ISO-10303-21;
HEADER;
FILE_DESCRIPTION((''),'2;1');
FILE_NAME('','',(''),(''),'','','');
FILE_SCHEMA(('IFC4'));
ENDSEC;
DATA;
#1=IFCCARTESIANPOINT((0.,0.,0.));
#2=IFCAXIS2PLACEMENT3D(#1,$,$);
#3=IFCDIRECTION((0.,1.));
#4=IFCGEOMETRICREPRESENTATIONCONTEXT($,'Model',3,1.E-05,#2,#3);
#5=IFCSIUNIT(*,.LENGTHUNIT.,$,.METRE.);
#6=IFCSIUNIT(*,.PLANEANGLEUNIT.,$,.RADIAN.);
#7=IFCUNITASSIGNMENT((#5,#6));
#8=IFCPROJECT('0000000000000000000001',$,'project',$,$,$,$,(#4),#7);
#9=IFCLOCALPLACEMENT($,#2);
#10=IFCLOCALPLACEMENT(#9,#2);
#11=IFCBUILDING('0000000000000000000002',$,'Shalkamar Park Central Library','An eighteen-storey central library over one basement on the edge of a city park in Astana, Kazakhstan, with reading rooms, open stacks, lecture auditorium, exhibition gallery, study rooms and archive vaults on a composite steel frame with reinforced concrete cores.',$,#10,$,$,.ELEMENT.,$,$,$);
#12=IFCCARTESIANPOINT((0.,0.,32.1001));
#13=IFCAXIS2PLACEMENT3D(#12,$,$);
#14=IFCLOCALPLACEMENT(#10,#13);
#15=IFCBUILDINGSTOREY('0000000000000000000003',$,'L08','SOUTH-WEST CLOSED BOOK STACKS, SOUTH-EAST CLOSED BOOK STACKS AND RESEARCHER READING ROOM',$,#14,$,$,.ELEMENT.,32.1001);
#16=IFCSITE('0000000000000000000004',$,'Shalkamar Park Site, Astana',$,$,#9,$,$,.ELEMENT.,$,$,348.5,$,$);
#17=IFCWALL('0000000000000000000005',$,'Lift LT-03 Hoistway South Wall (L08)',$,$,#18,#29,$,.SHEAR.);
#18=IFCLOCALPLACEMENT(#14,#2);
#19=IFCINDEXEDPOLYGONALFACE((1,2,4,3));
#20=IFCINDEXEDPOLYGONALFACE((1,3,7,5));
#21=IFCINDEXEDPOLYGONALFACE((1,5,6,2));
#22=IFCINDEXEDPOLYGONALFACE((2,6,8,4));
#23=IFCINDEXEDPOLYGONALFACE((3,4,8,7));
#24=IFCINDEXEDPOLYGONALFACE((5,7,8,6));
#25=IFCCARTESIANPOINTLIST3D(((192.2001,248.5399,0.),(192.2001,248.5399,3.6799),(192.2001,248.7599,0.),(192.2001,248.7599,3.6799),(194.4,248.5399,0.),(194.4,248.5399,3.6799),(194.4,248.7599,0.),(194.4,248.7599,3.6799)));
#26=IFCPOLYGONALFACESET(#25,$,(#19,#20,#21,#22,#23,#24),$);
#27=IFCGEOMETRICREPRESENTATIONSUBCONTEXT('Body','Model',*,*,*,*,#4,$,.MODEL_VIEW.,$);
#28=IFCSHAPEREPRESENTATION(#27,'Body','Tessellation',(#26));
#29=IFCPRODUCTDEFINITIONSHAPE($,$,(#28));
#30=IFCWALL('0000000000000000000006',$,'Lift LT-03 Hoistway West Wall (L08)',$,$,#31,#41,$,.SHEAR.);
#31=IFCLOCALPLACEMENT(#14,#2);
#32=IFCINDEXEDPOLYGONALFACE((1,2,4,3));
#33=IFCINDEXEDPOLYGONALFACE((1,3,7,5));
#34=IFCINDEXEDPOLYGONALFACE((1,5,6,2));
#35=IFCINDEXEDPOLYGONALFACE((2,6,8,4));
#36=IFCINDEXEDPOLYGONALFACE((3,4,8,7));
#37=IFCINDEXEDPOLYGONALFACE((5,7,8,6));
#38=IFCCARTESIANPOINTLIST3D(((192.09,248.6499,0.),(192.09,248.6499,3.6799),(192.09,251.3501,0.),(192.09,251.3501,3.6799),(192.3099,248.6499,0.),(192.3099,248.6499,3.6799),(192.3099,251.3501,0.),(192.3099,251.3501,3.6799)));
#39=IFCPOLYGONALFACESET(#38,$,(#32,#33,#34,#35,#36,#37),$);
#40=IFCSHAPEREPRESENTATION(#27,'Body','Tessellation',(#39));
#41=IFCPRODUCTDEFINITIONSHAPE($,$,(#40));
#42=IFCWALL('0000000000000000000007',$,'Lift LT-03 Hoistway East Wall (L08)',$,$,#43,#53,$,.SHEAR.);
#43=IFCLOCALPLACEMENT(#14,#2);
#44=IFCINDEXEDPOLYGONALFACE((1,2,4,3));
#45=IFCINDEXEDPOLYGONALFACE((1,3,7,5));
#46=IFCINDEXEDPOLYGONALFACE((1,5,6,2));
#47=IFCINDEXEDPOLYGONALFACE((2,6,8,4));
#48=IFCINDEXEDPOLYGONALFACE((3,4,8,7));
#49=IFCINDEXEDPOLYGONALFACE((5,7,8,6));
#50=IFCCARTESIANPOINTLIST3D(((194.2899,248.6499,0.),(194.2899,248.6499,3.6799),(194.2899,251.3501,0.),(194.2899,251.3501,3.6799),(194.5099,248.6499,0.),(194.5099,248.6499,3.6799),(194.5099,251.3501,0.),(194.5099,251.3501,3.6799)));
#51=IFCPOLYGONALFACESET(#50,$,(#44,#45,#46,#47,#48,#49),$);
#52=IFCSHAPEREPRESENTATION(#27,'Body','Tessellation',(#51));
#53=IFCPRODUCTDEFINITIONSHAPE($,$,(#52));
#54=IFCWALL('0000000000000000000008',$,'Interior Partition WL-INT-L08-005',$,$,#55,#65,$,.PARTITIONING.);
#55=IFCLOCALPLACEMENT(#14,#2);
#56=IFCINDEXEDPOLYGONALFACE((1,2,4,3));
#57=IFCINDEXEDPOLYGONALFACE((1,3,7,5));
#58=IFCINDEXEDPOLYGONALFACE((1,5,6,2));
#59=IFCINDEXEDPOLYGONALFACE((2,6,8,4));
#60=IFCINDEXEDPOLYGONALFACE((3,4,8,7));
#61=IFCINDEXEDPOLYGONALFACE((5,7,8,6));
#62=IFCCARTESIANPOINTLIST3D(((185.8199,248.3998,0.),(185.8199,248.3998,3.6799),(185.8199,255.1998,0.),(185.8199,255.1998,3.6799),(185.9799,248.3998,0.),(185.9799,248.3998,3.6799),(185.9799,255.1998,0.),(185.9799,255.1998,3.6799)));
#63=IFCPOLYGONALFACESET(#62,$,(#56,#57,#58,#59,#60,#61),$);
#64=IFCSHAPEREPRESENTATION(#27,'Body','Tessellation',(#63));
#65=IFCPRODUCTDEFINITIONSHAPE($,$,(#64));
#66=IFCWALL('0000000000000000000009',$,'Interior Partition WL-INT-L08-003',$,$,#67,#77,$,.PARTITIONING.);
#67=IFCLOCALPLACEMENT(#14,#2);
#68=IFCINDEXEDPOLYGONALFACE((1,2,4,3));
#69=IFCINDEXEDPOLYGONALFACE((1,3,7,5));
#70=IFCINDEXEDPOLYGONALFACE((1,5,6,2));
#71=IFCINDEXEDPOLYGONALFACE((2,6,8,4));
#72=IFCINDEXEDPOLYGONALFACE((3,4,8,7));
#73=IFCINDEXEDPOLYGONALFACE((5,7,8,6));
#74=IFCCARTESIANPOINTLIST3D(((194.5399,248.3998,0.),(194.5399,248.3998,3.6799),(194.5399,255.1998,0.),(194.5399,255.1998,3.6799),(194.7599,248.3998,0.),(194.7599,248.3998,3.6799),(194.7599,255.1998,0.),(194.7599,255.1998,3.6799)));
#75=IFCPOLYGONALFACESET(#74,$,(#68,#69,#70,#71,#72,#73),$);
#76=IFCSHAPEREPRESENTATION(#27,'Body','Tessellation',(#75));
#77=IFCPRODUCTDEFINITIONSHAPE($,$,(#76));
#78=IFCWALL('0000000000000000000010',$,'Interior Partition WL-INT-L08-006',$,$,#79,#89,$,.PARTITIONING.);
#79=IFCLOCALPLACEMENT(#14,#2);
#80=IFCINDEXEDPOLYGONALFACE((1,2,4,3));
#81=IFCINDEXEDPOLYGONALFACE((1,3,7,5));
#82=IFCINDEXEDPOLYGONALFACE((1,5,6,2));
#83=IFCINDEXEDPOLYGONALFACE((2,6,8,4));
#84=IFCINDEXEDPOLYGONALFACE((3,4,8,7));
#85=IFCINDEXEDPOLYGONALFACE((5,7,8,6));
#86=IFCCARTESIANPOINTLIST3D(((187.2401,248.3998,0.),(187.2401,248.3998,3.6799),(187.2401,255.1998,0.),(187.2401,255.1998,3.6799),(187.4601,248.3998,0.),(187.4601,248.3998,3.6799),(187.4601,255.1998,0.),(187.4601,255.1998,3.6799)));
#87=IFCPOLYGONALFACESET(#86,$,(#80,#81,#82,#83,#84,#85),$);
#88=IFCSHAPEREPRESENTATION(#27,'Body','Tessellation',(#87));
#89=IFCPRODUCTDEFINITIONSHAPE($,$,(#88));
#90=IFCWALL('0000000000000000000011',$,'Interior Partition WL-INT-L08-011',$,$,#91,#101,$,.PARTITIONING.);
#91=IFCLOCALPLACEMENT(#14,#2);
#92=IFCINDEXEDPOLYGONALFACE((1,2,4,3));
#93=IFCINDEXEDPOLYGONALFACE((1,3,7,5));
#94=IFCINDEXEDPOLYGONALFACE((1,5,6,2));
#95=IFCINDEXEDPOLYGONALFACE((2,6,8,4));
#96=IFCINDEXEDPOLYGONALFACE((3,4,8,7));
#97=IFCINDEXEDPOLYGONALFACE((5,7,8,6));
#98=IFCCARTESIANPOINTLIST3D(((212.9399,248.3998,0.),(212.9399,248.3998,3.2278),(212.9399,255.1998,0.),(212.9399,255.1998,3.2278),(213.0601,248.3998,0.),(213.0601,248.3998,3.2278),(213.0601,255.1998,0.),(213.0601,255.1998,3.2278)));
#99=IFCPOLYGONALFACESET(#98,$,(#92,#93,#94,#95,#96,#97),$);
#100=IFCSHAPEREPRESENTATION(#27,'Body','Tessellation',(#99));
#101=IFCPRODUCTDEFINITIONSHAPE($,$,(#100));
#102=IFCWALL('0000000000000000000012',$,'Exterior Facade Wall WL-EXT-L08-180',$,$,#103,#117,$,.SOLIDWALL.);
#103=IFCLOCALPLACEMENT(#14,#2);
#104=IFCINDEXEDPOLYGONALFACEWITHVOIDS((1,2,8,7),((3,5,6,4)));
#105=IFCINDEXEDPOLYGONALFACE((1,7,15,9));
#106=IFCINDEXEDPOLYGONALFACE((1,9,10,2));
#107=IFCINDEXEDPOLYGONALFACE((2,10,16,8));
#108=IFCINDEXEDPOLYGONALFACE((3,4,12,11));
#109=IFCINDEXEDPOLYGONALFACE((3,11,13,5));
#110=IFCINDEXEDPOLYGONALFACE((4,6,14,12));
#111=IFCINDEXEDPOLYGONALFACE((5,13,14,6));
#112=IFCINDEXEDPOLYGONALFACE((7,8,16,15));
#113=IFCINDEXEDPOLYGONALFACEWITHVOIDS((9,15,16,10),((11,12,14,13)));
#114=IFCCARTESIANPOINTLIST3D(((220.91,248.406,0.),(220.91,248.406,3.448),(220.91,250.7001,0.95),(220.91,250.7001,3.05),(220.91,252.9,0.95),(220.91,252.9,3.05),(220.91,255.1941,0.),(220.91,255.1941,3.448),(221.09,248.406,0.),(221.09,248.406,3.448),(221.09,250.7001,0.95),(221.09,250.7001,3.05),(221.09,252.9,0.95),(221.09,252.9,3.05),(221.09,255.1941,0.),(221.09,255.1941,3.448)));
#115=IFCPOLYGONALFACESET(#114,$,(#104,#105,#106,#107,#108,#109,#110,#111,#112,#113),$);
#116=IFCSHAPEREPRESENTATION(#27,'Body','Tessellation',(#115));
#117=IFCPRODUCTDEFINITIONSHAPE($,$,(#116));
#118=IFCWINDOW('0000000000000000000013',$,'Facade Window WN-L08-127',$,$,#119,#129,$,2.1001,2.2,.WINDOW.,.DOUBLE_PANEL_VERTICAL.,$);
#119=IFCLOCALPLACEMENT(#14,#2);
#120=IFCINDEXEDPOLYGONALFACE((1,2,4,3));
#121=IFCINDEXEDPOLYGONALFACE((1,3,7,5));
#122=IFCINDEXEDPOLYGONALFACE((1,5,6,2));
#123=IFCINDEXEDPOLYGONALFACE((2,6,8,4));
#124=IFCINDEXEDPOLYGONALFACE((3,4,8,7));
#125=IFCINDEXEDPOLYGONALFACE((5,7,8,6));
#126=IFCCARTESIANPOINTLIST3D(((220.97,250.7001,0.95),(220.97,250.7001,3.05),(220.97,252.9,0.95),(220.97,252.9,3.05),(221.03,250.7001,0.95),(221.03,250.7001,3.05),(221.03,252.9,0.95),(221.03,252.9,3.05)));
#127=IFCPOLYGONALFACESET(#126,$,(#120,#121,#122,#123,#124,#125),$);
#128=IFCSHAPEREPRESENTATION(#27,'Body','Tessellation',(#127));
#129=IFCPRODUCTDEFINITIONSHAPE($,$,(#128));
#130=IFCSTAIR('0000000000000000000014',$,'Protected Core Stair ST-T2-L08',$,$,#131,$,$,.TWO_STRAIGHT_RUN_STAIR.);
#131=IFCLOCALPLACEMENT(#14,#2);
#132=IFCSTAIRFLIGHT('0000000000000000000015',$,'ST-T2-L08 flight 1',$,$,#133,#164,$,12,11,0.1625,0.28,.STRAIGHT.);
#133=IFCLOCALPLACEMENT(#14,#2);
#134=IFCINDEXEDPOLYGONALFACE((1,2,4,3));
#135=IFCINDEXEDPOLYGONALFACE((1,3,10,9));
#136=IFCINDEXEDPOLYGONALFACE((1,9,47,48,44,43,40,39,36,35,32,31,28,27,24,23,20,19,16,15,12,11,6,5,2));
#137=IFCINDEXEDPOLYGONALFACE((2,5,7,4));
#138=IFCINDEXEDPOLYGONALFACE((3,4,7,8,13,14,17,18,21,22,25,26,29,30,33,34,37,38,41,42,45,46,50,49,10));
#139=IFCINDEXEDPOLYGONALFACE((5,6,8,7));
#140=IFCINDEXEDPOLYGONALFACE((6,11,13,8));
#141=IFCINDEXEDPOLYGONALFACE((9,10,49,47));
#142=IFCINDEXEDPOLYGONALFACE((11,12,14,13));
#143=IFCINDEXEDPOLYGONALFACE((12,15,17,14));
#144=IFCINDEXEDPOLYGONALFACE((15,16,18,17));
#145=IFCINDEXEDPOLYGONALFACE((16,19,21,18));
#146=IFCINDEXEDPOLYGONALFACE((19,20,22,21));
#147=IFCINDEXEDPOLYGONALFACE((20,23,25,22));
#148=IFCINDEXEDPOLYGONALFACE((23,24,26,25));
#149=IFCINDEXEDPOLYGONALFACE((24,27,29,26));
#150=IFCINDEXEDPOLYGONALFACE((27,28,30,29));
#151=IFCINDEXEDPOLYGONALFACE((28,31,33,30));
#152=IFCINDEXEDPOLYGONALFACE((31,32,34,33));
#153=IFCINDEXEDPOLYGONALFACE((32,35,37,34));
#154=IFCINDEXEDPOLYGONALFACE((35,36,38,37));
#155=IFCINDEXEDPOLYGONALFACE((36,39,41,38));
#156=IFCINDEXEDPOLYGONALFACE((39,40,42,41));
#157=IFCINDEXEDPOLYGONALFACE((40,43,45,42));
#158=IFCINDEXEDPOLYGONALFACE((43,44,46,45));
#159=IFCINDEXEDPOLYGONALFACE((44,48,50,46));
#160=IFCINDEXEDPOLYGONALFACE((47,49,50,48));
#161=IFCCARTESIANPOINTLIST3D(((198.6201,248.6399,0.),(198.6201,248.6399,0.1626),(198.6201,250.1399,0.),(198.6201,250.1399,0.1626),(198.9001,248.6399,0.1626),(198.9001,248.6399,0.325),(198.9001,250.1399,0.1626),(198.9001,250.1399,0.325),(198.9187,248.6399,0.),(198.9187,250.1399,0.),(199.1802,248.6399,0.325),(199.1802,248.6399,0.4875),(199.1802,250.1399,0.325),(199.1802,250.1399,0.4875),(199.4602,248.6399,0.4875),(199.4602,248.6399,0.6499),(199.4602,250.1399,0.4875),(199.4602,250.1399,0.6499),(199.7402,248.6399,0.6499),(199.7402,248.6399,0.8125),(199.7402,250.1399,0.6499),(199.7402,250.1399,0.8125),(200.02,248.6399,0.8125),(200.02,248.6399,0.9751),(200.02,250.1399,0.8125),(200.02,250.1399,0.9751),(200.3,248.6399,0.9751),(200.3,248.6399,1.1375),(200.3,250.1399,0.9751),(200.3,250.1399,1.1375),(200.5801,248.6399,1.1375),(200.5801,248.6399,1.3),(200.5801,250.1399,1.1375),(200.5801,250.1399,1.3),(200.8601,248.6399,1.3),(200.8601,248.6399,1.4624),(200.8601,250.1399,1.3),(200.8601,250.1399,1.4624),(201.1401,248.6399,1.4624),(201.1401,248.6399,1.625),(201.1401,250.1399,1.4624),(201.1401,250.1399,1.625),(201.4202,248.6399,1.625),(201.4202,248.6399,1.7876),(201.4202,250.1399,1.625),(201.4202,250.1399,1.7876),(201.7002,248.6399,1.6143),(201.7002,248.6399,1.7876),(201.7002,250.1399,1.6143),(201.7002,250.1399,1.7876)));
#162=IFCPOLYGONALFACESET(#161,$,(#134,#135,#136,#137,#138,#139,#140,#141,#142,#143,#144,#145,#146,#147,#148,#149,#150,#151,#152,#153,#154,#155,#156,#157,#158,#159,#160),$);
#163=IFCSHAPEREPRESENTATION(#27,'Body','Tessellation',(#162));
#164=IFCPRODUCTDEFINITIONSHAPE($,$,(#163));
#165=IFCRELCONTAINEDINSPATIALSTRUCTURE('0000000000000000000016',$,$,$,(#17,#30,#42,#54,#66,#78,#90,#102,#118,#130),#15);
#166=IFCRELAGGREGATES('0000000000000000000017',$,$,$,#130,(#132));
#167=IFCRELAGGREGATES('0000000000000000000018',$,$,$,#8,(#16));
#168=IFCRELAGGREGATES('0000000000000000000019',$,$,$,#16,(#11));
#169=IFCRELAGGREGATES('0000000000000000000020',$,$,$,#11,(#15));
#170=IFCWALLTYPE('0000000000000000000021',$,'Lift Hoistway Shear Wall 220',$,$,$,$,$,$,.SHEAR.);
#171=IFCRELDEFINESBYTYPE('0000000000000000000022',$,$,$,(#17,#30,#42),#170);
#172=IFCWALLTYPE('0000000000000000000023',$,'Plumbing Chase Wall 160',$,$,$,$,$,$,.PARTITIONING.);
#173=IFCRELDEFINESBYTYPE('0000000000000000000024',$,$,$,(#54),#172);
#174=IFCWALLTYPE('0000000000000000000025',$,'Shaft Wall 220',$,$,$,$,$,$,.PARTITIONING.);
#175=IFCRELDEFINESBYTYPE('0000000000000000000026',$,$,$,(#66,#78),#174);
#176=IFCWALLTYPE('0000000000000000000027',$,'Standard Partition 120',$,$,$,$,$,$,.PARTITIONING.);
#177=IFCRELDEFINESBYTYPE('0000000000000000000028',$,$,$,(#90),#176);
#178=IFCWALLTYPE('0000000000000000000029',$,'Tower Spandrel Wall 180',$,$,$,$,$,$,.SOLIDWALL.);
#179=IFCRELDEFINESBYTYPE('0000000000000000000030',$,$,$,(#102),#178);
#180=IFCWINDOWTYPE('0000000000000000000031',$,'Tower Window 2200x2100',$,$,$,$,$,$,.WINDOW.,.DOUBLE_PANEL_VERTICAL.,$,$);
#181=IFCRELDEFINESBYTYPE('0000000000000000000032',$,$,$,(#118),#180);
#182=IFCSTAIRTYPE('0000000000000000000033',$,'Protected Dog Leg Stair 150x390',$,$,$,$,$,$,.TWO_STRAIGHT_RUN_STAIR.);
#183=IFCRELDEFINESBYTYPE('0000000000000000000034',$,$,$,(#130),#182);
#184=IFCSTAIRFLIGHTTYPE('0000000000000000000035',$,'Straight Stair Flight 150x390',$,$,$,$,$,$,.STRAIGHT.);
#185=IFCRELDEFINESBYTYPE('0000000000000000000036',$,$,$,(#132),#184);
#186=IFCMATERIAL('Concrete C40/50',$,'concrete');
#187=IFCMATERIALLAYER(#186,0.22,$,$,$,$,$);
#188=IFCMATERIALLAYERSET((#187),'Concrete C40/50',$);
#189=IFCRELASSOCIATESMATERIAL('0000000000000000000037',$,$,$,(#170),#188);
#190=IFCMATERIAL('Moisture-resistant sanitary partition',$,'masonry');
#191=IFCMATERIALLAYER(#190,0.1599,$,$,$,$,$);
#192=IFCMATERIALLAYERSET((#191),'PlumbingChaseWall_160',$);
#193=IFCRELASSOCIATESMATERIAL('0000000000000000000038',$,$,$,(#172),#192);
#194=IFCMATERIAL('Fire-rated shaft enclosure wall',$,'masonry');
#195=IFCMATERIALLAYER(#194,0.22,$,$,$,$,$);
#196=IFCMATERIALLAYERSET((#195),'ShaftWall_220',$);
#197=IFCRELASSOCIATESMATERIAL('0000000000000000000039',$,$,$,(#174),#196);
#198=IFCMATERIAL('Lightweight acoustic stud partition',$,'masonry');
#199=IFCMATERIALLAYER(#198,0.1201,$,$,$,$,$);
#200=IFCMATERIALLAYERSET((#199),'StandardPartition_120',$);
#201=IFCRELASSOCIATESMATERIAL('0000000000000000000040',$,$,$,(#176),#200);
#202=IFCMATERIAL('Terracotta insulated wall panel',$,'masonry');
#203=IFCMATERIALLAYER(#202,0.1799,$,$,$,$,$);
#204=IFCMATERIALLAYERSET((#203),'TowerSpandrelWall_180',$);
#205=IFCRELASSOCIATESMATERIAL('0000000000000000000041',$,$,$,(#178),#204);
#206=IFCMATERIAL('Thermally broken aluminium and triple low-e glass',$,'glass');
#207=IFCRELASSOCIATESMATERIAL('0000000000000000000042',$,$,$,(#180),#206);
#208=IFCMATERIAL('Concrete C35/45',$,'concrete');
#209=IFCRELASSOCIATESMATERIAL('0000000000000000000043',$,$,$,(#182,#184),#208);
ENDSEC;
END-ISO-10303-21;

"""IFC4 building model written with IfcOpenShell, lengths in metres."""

from ifc_helpers import new_model, si_unit, direction, frame, frame_2d, origin, place, context, subcontext, project, spatial, polyline, rectangle, outline, extrude, material, layer, layer_set, type_object, element, fill, aggregate, save


model = new_model("IFC4")

# Units and contexts
model_context = context("Model", 3, precision=1e-05, world=origin(), true_north=direction((0.0, 1.0)))
body_context = subcontext(model_context, "Body", "Model", "MODEL_VIEW")
ifc_project = project(units=[si_unit("LENGTHUNIT", "METRE"), si_unit("PLANEANGLEUNIT", "RADIAN")], contexts=[model_context])

# Site, building, storey
site_placement = place(None, origin())
site = spatial("IfcSite", under=ifc_project, at=site_placement, Name="Shalkamar Park Site, Astana", CompositionType="ELEMENT", RefElevation=348.5)
building_placement = place(site_placement, origin())
building = spatial("IfcBuilding", under=site, at=building_placement, Name="Shalkamar Park Central Library", Description="An eighteen-storey central library over one basement on the edge of a city park in Astana, Kazakhstan, with reading rooms, open stacks, lecture auditorium, exhibition gallery, study rooms and archive vaults on a composite steel frame with reinforced concrete cores.", CompositionType="ELEMENT")
storey_placement = place(building_placement, frame((0.0, 0.0, 32.1001)))
storey = spatial("IfcBuildingStorey", under=building, at=storey_placement, Name="L08", Description="SOUTH-WEST CLOSED BOOK STACKS, SOUTH-EAST CLOSED BOOK STACKS AND RESEARCHER READING ROOM", CompositionType="ELEMENT", Elevation=32.1001)

# Shared definitions
ifc_material_1 = material(Name="Concrete C40/50", Category="concrete")
ifc_layer_1 = layer(ifc_material_1, 0.22)
ifc_layer_set_1 = layer_set([ifc_layer_1], Name="Concrete C40/50")
wall_type_1 = type_object("IfcWallType", Name="Lift Hoistway Shear Wall 220", PredefinedType="SHEAR", material=ifc_layer_set_1)

# Walls
wall_1_placement = place(storey_placement, frame((192.2, 248.6499, 0.0), z_axis=(0.0, 0.0, 1.0), x_axis=(1.0, 0.0, 0.0)))
element("IfcWall", 1, at=wall_1_placement, inside=storey, type_object=wall_type_1, Name="Lift LT-03 Hoistway South Wall (L08)", PredefinedType="SHEAR", context=body_context, shape_type="SweptSolid", body=[
    extrude(rectangle(XDim=2.2, YDim=0.22, at=frame_2d((1.1001, 0.0))), origin(), (0.0, 0.0, 1.0), 3.6799),
])
for number, where, z_axis, x_axis, name in (
    (2, (192.2, 248.6499, 0.0), (0.0, 0.0, 1.0), (0.0, 1.0, 0.0), "Lift LT-03 Hoistway West Wall (L08)"),
    (3, (194.3999, 248.6499, 0.0), (0.0, 0.0, 1.0), (0.0, 1.0, 0.0), "Lift LT-03 Hoistway East Wall (L08)"),
):
    element("IfcWall", number, at=place(storey_placement, frame(where, z_axis=z_axis, x_axis=x_axis)), inside=storey, type_object=wall_type_1, Name=name, PredefinedType="SHEAR", context=body_context, shape_type="SweptSolid", body=[
        extrude(rectangle(XDim=2.7002, YDim=0.22, at=frame_2d((1.3501, 0.0))), origin(), (0.0, 0.0, 1.0), 3.6799),
    ])

# Walls
ifc_material_2 = material(Name="Moisture-resistant sanitary partition", Category="masonry")
ifc_layer_2 = layer(ifc_material_2, 0.1599)
ifc_layer_set_2 = layer_set([ifc_layer_2], Name="PlumbingChaseWall_160")
wall_type_2 = type_object("IfcWallType", Name="Plumbing Chase Wall 160", PredefinedType="PARTITIONING", material=ifc_layer_set_2)
wall_2_placement = place(storey_placement, frame((185.8999, 248.3999, 0.0), z_axis=(0.0, 0.0, 1.0), x_axis=(0.0, 1.0, 0.0)))
element("IfcWall", 4, at=wall_2_placement, inside=storey, type_object=wall_type_2, Name="Interior Partition WL-INT-L08-005", PredefinedType="PARTITIONING", context=body_context, shape_type="SweptSolid", body=[
    extrude(rectangle(XDim=6.8, YDim=0.1599, at=frame_2d((3.3999, 0.0))), origin(), (0.0, 0.0, 1.0), 3.6799),
])
ifc_material_3 = material(Name="Fire-rated shaft enclosure wall", Category="masonry")
ifc_layer_3 = layer(ifc_material_3, 0.22)
ifc_layer_set_3 = layer_set([ifc_layer_3], Name="ShaftWall_220")
wall_type_3 = type_object("IfcWallType", Name="Shaft Wall 220", PredefinedType="PARTITIONING", material=ifc_layer_set_3)
for number, where, z_axis, x_axis, name in (
    (5, (194.6499, 248.3999, 0.0), (0.0, 0.0, 1.0), (0.0, 1.0, 0.0), "Interior Partition WL-INT-L08-003"),
    (6, (187.3501, 248.3999, 0.0), (0.0, 0.0, 1.0), (0.0, 1.0, 0.0), "Interior Partition WL-INT-L08-006"),
):
    element("IfcWall", number, at=place(storey_placement, frame(where, z_axis=z_axis, x_axis=x_axis)), inside=storey, type_object=wall_type_3, Name=name, PredefinedType="PARTITIONING", context=body_context, shape_type="SweptSolid", body=[
        extrude(rectangle(XDim=6.8, YDim=0.22, at=frame_2d((3.3999, 0.0))), origin(), (0.0, 0.0, 1.0), 3.6799),
    ])
ifc_material_4 = material(Name="Lightweight acoustic stud partition", Category="masonry")
ifc_layer_4 = layer(ifc_material_4, 0.1201)
ifc_layer_set_4 = layer_set([ifc_layer_4], Name="StandardPartition_120")
wall_type_4 = type_object("IfcWallType", Name="Standard Partition 120", PredefinedType="PARTITIONING", material=ifc_layer_set_4)
wall_3_placement = place(storey_placement, frame((213.0, 248.3999, 0.0), z_axis=(0.0, 0.0, 1.0), x_axis=(0.0, 1.0, 0.0)))
element("IfcWall", 7, at=wall_3_placement, inside=storey, type_object=wall_type_4, Name="Interior Partition WL-INT-L08-011", PredefinedType="PARTITIONING", context=body_context, shape_type="SweptSolid", body=[
    extrude(rectangle(XDim=6.8, YDim=0.1201, at=frame_2d((3.3999, 0.0))), origin(), (0.0, 0.0, 1.0), 3.2278),
])

# Wall, opening, window
ifc_material_5 = material(Name="Terracotta insulated wall panel", Category="masonry")
ifc_layer_5 = layer(ifc_material_5, 0.1799)
ifc_layer_set_5 = layer_set([ifc_layer_5], Name="TowerSpandrelWall_180")
wall_type_5 = type_object("IfcWallType", Name="Tower Spandrel Wall 180", PredefinedType="SOLIDWALL", material=ifc_layer_set_5)
wall_4_placement = place(storey_placement, frame((221.0, 248.406, 0.0), z_axis=(0.0, 0.0, 1.0), x_axis=(0.0, 1.0, 0.0)))
wall_4 = element("IfcWall", 8, at=wall_4_placement, inside=storey, type_object=wall_type_5, Name="Exterior Facade Wall WL-EXT-L08-180", PredefinedType="SOLIDWALL", context=body_context, shape_type="SweptSolid", body=[
    extrude(rectangle(XDim=6.7881, YDim=0.1799, at=frame_2d((3.394, 0.0))), origin(), (0.0, 0.0, 1.0), 3.448),
])
opening_1_placement = place(wall_4_placement, frame((2.2939, 0.0, 0.95)))
opening_1 = element("IfcOpeningElement", 9, at=opening_1_placement, cuts=wall_4, PredefinedType="OPENING", context=body_context, shape_type="SweptSolid", body=[
    extrude(rectangle(XDim=2.2, YDim=2.1001, at=frame_2d((1.1001, 1.05))), frame((0.0, 0.105, 0.0), z_axis=(0.0, -1.0, 0.0), x_axis=(1.0, 0.0, 0.0)), (0.0, 0.0, 1.0), 0.2097),
])
ifc_material_6 = material(Name="Thermally broken aluminium and triple low-e glass", Category="glass")
window_type = type_object("IfcWindowType", Name="Tower Window 2200x2100", PartitioningType="DOUBLE_PANEL_VERTICAL", PredefinedType="WINDOW", material=ifc_material_6)
window_placement = place(opening_1_placement, origin())
window = element("IfcWindow", 10, at=window_placement, inside=storey, type_object=window_type, Name="Facade Window WN-L08-127", OverallHeight=2.1001, OverallWidth=2.2, PartitioningType="DOUBLE_PANEL_VERTICAL", PredefinedType="WINDOW", context=body_context, shape_type="SweptSolid", body=[
    extrude(rectangle(XDim=2.2, YDim=2.1001, at=frame_2d((1.1001, 1.05))), frame((0.0, 0.03, 0.0), z_axis=(0.0, -1.0, 0.0), x_axis=(1.0, 0.0, 0.0)), (0.0, 0.0, 1.0), 0.0601),
])
fill(opening_1, window)

# Stair, stair flight
ifc_material_7 = material(Name="Concrete C35/45", Category="concrete")
stair_type = type_object("IfcStairType", Name="Protected Dog Leg Stair 150x390", PredefinedType="TWO_STRAIGHT_RUN_STAIR", material=ifc_material_7)
stair_placement = place(storey_placement, origin())
stair = element("IfcStair", 11, at=stair_placement, inside=storey, type_object=stair_type, Name="Protected Core Stair ST-T2-L08", PredefinedType="TWO_STRAIGHT_RUN_STAIR")
stair_flight_type = type_object("IfcStairFlightType", Name="Straight Stair Flight 150x390", PredefinedType="STRAIGHT", material=ifc_material_7)
stair_flight_1_placement = place(storey_placement, frame((198.6201, 249.3899, 0.0), z_axis=(0.0, 0.0, 1.0), x_axis=(1.0, 0.0, 0.0)))
stair_flight_1 = element("IfcStairFlight", 12, at=stair_flight_1_placement, type_object=stair_flight_type, Name="ST-T2-L08 flight 1", NumberOfRisers=12, NumberOfTreads=11, PredefinedType="STRAIGHT", RiserHeight=0.1625, TreadLength=0.28, context=body_context, shape_type="SweptSolid", body=[
    extrude(outline(polyline([(0.0, 0.0), (0.0, 0.1626), (0.28, 0.1626), (0.28, 0.325), (0.5601, 0.325), (0.5601, 0.4875), (0.8401, 0.4875), (0.8401, 0.6499), (1.1201, 0.6499), (1.1201, 0.8125), (1.3999, 0.8125), (1.3999, 0.9751), (1.6799, 0.9751), (1.6799, 1.1375), (1.96, 1.1375), (1.96, 1.3), (2.24, 1.3), (2.24, 1.4624), (2.52, 1.4624), (2.52, 1.625), (2.8, 1.625), (2.8, 1.7876), (3.0801, 1.7876), (3.0801, 1.95), (3.0801, 1.6143), (0.2986, 0.0), (0.0, 0.0)])), frame((0.0, 0.75, 0.0), z_axis=(0.0, -1.0, 0.0), x_axis=(1.0, 0.0, 0.0)), (0.0, 0.0, 1.0), 1.5),
])
aggregate(stair, [stair_flight_1])

save(model, "model.ifc")
